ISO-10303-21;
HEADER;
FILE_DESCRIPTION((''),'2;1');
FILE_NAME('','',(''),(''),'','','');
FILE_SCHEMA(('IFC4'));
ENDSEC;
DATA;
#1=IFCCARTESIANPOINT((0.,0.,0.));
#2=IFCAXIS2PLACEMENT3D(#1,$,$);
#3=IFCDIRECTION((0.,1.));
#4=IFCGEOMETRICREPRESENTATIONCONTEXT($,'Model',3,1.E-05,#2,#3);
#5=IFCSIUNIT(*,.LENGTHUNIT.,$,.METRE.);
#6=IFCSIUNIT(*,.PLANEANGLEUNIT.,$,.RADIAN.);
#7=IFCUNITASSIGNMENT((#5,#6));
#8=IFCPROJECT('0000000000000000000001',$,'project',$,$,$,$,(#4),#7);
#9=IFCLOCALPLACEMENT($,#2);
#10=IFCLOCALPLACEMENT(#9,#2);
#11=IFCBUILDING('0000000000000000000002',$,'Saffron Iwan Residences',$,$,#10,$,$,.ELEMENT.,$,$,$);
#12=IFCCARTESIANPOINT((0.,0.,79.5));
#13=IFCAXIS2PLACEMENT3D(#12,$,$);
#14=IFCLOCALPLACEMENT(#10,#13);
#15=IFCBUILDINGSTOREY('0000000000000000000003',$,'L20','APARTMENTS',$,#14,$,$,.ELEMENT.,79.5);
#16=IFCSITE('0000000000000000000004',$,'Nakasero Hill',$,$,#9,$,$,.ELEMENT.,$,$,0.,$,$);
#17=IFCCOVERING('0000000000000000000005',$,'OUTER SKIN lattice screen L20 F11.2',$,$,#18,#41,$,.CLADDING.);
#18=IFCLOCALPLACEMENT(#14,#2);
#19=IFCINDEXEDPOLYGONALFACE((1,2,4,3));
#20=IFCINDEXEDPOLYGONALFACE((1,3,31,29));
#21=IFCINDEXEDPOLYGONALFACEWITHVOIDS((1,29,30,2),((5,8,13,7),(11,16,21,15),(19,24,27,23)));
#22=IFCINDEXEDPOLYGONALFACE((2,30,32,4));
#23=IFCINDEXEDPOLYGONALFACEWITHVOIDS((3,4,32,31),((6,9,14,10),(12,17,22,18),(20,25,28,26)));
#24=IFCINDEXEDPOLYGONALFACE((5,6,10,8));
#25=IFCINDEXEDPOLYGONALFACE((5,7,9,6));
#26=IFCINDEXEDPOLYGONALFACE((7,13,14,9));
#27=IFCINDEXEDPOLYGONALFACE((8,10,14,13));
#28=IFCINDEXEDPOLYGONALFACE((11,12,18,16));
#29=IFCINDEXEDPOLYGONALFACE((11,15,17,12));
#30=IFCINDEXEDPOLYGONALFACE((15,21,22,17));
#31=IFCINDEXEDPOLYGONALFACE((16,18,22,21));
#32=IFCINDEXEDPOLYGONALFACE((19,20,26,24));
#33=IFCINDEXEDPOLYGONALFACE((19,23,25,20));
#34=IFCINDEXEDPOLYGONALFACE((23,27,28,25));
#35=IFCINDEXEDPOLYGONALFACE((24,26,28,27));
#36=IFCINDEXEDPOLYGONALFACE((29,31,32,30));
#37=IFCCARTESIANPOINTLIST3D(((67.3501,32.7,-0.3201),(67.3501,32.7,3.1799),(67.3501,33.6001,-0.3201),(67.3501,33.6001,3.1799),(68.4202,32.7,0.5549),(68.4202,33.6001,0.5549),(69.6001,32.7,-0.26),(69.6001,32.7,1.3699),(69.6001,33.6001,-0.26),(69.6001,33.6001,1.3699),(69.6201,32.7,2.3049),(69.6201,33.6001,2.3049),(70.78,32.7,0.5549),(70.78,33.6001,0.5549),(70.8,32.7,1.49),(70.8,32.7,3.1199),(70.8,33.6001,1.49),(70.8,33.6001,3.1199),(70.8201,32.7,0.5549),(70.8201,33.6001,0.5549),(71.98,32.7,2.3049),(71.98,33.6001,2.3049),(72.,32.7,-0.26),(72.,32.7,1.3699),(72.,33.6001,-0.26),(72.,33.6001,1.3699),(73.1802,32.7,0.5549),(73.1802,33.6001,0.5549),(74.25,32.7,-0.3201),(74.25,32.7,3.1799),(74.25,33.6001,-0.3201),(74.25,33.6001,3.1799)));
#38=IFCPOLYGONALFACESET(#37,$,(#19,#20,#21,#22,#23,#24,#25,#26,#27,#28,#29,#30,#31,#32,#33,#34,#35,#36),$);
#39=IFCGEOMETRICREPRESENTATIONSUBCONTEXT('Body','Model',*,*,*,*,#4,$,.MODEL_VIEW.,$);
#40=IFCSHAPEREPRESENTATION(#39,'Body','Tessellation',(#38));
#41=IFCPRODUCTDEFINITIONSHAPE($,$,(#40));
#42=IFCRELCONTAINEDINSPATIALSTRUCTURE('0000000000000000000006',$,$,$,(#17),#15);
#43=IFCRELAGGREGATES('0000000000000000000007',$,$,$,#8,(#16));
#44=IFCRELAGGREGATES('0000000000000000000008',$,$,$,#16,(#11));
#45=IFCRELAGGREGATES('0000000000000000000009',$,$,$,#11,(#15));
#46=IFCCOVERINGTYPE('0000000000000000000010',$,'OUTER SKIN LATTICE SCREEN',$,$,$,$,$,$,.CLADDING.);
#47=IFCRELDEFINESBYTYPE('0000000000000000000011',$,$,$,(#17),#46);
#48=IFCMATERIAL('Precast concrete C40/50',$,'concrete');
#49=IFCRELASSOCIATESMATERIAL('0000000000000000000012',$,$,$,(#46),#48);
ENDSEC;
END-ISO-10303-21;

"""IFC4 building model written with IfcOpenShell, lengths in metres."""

from ifc_helpers import new_model, si_unit, direction, frame, origin, place, context, subcontext, project, spatial, polyline, outline, extrude, material, type_object, element, save


model = new_model("IFC4")

# Units and contexts
model_context = context("Model", 3, precision=1e-05, world=origin(), true_north=direction((0.0, 1.0)))
body_context = subcontext(model_context, "Body", "Model", "MODEL_VIEW")
ifc_project = project(units=[si_unit("LENGTHUNIT", "METRE"), si_unit("PLANEANGLEUNIT", "RADIAN")], contexts=[model_context])

# Site, building, storey
site_placement = place(None, origin())
site = spatial("IfcSite", under=ifc_project, at=site_placement, Name="Nakasero Hill", CompositionType="ELEMENT", RefElevation=0.0)
building_placement = place(site_placement, origin())
building = spatial("IfcBuilding", under=site, at=building_placement, Name="Saffron Iwan Residences", CompositionType="ELEMENT")
storey_placement = place(building_placement, frame((0.0, 0.0, 79.5)))
storey = spatial("IfcBuildingStorey", under=building, at=storey_placement, Name="L20", Description="APARTMENTS", CompositionType="ELEMENT", Elevation=79.5)

# Covering
ifc_material_1 = material(Name="Precast concrete C40/50", Category="concrete")
covering_type = type_object("IfcCoveringType", Name="OUTER SKIN LATTICE SCREEN", PredefinedType="CLADDING", material=ifc_material_1)
covering_placement = place(storey_placement, frame((67.3501, 33.6001, -0.3201), z_axis=(0.0, -1.0, 0.0), x_axis=(1.0, 0.0, 0.0)))
element("IfcCovering", 1, at=covering_placement, inside=storey, type_object=covering_type, Name="OUTER SKIN lattice screen L20 F11.2", PredefinedType="CLADDING", context=body_context, shape_type="SweptSolid", body=[
    extrude(outline(polyline([(0.0, 0.0), (6.8999, 0.0), (6.8999, 3.5), (0.0, 3.5), (0.0, 0.0)]), holes=[polyline([(1.0701, 0.875), (2.25, 0.0601), (3.4299, 0.875), (2.25, 1.6899), (1.0701, 0.875)]), polyline([(3.47, 0.875), (4.6499, 0.0601), (5.8301, 0.875), (4.6499, 1.6899), (3.47, 0.875)]), polyline([(2.27, 2.625), (3.45, 1.8101), (4.6299, 2.625), (3.45, 3.4399), (2.27, 2.625)])]), origin(), (0.0, 0.0, 1.0), 0.9001),
])

save(model, "model.ifc")
